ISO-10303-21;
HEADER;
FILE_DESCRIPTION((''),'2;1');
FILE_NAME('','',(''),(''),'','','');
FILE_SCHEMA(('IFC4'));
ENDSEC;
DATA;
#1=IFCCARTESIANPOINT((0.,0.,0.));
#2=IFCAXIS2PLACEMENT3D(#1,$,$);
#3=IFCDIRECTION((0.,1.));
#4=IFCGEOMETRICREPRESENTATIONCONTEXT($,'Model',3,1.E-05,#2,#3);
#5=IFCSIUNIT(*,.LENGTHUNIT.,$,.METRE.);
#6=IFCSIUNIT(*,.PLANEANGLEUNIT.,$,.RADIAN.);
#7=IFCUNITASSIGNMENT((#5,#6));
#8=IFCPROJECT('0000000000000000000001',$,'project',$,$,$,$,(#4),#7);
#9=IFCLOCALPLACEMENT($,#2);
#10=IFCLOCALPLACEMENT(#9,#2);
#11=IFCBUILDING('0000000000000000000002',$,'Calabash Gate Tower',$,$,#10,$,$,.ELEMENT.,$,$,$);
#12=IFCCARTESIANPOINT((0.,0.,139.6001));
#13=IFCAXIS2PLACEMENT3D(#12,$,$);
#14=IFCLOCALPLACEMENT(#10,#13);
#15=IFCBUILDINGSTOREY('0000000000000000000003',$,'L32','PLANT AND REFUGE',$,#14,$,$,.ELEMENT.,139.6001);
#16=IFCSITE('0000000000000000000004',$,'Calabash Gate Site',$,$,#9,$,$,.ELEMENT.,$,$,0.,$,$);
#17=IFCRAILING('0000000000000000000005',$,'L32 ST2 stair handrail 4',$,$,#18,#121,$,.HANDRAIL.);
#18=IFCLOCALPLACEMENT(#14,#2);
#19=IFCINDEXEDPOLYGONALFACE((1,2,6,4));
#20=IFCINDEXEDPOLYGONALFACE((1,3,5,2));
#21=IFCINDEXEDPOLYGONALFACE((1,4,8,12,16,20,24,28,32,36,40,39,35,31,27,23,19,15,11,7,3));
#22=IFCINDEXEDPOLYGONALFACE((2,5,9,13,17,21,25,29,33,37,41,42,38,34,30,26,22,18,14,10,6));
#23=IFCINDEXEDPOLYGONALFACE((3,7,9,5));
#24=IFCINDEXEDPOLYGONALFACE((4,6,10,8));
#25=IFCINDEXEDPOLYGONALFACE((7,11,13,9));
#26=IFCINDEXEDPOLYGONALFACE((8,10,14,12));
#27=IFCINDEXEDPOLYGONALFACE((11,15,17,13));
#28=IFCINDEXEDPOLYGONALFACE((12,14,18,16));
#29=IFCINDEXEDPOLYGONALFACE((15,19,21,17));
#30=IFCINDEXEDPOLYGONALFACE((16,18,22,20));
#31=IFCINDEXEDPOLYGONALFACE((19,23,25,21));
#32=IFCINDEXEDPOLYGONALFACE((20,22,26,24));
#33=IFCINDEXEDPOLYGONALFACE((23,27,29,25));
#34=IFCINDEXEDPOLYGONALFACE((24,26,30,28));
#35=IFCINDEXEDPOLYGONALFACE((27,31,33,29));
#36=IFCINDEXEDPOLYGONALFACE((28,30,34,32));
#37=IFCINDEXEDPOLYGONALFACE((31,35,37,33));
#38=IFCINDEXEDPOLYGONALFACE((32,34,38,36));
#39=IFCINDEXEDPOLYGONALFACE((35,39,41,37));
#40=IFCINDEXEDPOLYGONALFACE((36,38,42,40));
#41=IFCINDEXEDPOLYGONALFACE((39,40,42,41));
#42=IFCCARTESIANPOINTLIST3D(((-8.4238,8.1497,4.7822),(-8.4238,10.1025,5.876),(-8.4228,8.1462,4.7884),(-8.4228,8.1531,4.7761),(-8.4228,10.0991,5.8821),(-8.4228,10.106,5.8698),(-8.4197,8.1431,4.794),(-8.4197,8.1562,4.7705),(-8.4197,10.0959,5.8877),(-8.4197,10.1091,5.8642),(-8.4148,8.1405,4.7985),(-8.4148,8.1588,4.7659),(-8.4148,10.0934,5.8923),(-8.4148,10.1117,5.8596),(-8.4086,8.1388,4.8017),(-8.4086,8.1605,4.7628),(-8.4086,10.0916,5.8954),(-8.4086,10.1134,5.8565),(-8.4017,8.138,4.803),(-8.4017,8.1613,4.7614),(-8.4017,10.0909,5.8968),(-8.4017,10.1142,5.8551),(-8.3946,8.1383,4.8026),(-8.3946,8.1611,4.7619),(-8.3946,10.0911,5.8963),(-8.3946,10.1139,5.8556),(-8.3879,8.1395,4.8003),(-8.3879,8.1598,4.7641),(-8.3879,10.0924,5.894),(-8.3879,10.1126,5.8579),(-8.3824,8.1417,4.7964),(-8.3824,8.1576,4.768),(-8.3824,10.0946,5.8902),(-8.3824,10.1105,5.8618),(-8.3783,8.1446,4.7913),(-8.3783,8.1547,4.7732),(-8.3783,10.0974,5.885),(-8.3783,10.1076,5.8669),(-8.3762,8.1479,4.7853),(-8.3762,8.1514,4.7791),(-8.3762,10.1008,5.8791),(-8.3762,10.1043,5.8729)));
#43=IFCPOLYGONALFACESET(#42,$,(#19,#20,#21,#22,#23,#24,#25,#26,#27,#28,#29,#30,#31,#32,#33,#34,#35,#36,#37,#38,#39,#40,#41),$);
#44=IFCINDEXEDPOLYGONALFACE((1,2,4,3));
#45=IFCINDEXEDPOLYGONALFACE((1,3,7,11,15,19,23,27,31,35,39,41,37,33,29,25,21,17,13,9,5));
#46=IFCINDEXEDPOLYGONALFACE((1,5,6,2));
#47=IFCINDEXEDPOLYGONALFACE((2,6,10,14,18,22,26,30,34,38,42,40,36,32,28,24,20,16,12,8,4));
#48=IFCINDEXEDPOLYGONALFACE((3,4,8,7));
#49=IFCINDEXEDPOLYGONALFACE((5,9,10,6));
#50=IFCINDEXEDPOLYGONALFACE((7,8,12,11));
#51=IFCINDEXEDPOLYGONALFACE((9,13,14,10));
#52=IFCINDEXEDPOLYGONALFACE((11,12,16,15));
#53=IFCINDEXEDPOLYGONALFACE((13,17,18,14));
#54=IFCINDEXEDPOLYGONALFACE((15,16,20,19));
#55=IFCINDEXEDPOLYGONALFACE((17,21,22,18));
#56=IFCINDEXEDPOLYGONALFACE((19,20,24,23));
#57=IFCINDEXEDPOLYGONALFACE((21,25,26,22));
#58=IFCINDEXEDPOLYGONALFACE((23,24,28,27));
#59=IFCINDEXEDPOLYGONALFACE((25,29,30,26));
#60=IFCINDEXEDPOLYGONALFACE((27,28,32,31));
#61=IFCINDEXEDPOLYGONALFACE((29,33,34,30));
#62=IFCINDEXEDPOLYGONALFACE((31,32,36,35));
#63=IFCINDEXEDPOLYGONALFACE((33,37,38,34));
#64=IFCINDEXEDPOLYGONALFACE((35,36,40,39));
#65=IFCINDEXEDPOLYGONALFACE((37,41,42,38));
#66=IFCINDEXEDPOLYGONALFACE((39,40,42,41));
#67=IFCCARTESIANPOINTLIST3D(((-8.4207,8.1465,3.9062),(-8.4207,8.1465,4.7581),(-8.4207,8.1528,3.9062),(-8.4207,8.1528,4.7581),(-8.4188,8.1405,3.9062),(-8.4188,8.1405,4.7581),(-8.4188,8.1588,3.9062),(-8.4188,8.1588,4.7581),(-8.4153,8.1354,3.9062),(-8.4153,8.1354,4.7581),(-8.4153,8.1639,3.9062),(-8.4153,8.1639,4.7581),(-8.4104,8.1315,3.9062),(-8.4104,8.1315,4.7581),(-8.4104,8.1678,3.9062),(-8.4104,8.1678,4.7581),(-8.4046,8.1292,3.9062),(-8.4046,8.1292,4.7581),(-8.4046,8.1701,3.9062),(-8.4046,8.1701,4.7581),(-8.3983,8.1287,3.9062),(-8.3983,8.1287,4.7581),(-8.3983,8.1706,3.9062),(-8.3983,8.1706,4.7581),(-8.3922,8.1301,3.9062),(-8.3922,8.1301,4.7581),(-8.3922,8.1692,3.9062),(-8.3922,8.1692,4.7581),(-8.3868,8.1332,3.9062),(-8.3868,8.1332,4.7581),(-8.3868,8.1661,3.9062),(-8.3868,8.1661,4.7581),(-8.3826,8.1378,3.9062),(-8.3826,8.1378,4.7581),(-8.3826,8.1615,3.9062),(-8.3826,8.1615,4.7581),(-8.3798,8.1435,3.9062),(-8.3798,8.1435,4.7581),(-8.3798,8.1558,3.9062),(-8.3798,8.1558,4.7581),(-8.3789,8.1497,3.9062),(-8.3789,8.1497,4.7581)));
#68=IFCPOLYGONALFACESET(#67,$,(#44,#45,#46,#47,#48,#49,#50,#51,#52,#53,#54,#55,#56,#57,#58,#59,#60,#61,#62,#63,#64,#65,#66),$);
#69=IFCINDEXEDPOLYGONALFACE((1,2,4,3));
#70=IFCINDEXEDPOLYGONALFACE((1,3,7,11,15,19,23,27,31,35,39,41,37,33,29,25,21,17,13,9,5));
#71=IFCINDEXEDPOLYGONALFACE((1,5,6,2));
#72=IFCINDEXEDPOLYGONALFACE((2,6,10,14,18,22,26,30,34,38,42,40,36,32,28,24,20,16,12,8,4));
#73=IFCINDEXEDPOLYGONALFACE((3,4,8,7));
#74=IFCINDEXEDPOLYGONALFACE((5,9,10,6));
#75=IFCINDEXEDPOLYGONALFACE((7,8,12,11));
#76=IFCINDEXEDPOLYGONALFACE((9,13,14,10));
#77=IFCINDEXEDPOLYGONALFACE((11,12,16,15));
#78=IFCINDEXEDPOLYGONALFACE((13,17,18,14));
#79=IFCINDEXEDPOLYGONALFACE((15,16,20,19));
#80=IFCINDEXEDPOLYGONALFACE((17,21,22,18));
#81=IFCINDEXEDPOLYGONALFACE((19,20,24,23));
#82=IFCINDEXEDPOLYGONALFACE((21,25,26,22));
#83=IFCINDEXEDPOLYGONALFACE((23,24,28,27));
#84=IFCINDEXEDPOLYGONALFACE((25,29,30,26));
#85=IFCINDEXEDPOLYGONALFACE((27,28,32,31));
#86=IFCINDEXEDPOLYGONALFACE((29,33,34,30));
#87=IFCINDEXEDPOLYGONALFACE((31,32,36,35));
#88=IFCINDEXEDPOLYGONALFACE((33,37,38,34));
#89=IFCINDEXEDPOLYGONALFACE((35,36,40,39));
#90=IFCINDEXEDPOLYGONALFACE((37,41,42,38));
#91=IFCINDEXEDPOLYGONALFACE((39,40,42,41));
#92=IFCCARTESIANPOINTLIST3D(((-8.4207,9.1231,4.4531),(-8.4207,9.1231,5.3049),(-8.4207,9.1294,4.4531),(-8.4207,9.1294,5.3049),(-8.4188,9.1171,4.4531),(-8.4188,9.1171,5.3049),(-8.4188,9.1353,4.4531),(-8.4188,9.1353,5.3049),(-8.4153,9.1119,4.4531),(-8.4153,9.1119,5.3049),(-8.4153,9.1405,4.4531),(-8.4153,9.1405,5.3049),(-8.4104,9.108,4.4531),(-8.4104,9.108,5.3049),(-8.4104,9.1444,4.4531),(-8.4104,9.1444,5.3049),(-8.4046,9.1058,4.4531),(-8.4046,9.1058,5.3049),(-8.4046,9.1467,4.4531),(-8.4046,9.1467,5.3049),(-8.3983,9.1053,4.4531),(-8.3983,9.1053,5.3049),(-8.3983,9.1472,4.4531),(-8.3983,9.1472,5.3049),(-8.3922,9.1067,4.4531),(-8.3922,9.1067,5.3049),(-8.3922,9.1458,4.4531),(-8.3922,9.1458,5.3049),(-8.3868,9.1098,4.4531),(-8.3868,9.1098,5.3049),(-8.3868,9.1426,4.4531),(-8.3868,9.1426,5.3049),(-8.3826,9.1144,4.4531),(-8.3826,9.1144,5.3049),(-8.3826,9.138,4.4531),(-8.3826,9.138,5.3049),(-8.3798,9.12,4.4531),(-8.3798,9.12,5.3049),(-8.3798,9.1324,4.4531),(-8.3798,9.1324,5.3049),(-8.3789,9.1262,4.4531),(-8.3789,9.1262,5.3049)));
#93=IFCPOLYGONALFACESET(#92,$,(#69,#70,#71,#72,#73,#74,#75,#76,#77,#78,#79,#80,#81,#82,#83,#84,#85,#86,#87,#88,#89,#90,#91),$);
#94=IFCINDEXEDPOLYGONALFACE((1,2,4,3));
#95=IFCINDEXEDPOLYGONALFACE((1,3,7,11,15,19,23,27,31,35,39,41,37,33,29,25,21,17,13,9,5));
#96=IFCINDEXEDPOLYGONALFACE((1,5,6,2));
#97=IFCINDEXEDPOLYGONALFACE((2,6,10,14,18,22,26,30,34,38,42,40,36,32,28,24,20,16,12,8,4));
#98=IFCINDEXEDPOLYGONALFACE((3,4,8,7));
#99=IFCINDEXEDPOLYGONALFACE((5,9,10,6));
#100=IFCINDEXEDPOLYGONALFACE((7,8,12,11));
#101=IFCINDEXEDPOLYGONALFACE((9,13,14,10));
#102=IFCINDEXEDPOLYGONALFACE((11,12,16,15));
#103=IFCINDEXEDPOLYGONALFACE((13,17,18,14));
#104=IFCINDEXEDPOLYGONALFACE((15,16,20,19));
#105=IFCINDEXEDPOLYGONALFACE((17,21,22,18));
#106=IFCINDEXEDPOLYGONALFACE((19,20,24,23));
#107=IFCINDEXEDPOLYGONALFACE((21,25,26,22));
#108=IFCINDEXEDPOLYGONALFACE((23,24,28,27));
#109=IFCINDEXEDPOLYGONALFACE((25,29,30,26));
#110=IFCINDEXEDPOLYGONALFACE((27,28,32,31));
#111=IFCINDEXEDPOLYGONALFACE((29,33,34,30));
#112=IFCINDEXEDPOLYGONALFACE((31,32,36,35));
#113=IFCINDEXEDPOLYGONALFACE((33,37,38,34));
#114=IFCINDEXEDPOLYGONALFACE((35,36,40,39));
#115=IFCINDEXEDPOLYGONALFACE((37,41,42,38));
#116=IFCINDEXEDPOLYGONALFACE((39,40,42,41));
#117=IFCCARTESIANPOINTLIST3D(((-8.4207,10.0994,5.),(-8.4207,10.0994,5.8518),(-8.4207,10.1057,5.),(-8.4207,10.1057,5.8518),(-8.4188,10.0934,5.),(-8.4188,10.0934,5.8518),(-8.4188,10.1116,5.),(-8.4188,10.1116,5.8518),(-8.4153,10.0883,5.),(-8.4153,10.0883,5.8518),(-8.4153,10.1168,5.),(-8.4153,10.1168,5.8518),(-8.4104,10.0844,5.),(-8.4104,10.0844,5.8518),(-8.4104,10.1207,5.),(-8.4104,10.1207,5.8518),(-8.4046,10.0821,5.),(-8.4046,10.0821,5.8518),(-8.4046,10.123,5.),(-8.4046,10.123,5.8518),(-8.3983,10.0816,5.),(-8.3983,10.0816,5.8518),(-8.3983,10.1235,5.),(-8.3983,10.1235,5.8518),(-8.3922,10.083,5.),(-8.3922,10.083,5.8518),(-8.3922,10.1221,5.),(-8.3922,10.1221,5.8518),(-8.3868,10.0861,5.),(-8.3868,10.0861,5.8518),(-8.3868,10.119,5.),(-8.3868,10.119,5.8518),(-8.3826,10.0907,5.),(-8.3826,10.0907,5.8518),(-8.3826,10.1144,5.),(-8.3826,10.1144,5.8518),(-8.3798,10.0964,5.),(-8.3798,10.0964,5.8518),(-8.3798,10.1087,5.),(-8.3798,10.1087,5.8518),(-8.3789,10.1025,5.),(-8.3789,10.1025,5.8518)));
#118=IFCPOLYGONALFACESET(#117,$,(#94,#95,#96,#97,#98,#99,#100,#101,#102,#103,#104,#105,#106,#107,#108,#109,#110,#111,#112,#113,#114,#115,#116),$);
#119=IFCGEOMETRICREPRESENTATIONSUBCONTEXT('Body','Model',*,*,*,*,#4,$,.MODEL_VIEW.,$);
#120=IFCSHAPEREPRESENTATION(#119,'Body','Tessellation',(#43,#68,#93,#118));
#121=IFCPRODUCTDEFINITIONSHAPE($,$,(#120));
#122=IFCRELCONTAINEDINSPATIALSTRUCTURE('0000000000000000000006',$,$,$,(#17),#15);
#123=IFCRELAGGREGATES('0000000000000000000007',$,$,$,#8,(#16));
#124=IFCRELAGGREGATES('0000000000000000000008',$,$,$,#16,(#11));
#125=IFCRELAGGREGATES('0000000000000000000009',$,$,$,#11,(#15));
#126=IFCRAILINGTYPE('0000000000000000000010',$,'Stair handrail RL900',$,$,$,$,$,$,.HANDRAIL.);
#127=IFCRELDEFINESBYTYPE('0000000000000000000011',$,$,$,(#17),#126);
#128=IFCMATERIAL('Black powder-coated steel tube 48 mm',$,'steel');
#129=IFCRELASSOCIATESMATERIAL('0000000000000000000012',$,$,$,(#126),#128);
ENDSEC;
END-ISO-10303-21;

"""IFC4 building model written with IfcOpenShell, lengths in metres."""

from ifc_helpers import new_model, si_unit, direction, frame, origin, origin_2d, place, context, subcontext, project, spatial, circle, extrude, material, type_object, element, save


model = new_model("IFC4")

# Units and contexts
model_context = context("Model", 3, precision=1e-05, world=origin(), true_north=direction((0.0, 1.0)))
body_context = subcontext(model_context, "Body", "Model", "MODEL_VIEW")
ifc_project = project(units=[si_unit("LENGTHUNIT", "METRE"), si_unit("PLANEANGLEUNIT", "RADIAN")], contexts=[model_context])

# Site, building, storey
site_placement = place(None, origin())
site = spatial("IfcSite", under=ifc_project, at=site_placement, Name="Calabash Gate Site", CompositionType="ELEMENT", RefElevation=0.0)
building_placement = place(site_placement, origin())
building = spatial("IfcBuilding", under=site, at=building_placement, Name="Calabash Gate Tower", CompositionType="ELEMENT")
storey_placement = place(building_placement, frame((0.0, 0.0, 139.6001)))
storey = spatial("IfcBuildingStorey", under=building, at=storey_placement, Name="L32", Description="PLANT AND REFUGE", CompositionType="ELEMENT", Elevation=139.6001)

# Railing
ifc_material_1 = material(Name="Black powder-coated steel tube 48 mm", Category="steel")
railing_type_1 = type_object("IfcRailingType", Name="Stair handrail RL900", PredefinedType="HANDRAIL", material=ifc_material_1)
railing_1_placement = place(storey_placement, frame((-8.3999, 8.1497, 3.9062)))
element("IfcRailing", 1, at=railing_1_placement, inside=storey, type_object=railing_type_1, Name="L32 ST2 stair handrail 4", PredefinedType="HANDRAIL", context=body_context, shape_type="SweptSolid", body=[
    extrude(circle(Radius=0.0239, at=origin_2d()), frame((0.0, 0.0, 0.876), z_axis=(0.0, 0.87248, 0.48865), x_axis=(-1.0, 0.0, 0.0)), (0.0, 0.0, 1.0), 2.2383),
    extrude(circle(Radius=0.021, at=origin_2d()), origin(), (0.0, 0.0, 1.0), 0.8518),
    extrude(circle(Radius=0.021, at=origin_2d()), frame((0.0, 0.9766, 0.5469)), (0.0, 0.0, 1.0), 0.8518),
    extrude(circle(Radius=0.021, at=origin_2d()), frame((0.0, 1.9529, 1.0938)), (0.0, 0.0, 1.0), 0.8518),
])

save(model, "model.ifc")
